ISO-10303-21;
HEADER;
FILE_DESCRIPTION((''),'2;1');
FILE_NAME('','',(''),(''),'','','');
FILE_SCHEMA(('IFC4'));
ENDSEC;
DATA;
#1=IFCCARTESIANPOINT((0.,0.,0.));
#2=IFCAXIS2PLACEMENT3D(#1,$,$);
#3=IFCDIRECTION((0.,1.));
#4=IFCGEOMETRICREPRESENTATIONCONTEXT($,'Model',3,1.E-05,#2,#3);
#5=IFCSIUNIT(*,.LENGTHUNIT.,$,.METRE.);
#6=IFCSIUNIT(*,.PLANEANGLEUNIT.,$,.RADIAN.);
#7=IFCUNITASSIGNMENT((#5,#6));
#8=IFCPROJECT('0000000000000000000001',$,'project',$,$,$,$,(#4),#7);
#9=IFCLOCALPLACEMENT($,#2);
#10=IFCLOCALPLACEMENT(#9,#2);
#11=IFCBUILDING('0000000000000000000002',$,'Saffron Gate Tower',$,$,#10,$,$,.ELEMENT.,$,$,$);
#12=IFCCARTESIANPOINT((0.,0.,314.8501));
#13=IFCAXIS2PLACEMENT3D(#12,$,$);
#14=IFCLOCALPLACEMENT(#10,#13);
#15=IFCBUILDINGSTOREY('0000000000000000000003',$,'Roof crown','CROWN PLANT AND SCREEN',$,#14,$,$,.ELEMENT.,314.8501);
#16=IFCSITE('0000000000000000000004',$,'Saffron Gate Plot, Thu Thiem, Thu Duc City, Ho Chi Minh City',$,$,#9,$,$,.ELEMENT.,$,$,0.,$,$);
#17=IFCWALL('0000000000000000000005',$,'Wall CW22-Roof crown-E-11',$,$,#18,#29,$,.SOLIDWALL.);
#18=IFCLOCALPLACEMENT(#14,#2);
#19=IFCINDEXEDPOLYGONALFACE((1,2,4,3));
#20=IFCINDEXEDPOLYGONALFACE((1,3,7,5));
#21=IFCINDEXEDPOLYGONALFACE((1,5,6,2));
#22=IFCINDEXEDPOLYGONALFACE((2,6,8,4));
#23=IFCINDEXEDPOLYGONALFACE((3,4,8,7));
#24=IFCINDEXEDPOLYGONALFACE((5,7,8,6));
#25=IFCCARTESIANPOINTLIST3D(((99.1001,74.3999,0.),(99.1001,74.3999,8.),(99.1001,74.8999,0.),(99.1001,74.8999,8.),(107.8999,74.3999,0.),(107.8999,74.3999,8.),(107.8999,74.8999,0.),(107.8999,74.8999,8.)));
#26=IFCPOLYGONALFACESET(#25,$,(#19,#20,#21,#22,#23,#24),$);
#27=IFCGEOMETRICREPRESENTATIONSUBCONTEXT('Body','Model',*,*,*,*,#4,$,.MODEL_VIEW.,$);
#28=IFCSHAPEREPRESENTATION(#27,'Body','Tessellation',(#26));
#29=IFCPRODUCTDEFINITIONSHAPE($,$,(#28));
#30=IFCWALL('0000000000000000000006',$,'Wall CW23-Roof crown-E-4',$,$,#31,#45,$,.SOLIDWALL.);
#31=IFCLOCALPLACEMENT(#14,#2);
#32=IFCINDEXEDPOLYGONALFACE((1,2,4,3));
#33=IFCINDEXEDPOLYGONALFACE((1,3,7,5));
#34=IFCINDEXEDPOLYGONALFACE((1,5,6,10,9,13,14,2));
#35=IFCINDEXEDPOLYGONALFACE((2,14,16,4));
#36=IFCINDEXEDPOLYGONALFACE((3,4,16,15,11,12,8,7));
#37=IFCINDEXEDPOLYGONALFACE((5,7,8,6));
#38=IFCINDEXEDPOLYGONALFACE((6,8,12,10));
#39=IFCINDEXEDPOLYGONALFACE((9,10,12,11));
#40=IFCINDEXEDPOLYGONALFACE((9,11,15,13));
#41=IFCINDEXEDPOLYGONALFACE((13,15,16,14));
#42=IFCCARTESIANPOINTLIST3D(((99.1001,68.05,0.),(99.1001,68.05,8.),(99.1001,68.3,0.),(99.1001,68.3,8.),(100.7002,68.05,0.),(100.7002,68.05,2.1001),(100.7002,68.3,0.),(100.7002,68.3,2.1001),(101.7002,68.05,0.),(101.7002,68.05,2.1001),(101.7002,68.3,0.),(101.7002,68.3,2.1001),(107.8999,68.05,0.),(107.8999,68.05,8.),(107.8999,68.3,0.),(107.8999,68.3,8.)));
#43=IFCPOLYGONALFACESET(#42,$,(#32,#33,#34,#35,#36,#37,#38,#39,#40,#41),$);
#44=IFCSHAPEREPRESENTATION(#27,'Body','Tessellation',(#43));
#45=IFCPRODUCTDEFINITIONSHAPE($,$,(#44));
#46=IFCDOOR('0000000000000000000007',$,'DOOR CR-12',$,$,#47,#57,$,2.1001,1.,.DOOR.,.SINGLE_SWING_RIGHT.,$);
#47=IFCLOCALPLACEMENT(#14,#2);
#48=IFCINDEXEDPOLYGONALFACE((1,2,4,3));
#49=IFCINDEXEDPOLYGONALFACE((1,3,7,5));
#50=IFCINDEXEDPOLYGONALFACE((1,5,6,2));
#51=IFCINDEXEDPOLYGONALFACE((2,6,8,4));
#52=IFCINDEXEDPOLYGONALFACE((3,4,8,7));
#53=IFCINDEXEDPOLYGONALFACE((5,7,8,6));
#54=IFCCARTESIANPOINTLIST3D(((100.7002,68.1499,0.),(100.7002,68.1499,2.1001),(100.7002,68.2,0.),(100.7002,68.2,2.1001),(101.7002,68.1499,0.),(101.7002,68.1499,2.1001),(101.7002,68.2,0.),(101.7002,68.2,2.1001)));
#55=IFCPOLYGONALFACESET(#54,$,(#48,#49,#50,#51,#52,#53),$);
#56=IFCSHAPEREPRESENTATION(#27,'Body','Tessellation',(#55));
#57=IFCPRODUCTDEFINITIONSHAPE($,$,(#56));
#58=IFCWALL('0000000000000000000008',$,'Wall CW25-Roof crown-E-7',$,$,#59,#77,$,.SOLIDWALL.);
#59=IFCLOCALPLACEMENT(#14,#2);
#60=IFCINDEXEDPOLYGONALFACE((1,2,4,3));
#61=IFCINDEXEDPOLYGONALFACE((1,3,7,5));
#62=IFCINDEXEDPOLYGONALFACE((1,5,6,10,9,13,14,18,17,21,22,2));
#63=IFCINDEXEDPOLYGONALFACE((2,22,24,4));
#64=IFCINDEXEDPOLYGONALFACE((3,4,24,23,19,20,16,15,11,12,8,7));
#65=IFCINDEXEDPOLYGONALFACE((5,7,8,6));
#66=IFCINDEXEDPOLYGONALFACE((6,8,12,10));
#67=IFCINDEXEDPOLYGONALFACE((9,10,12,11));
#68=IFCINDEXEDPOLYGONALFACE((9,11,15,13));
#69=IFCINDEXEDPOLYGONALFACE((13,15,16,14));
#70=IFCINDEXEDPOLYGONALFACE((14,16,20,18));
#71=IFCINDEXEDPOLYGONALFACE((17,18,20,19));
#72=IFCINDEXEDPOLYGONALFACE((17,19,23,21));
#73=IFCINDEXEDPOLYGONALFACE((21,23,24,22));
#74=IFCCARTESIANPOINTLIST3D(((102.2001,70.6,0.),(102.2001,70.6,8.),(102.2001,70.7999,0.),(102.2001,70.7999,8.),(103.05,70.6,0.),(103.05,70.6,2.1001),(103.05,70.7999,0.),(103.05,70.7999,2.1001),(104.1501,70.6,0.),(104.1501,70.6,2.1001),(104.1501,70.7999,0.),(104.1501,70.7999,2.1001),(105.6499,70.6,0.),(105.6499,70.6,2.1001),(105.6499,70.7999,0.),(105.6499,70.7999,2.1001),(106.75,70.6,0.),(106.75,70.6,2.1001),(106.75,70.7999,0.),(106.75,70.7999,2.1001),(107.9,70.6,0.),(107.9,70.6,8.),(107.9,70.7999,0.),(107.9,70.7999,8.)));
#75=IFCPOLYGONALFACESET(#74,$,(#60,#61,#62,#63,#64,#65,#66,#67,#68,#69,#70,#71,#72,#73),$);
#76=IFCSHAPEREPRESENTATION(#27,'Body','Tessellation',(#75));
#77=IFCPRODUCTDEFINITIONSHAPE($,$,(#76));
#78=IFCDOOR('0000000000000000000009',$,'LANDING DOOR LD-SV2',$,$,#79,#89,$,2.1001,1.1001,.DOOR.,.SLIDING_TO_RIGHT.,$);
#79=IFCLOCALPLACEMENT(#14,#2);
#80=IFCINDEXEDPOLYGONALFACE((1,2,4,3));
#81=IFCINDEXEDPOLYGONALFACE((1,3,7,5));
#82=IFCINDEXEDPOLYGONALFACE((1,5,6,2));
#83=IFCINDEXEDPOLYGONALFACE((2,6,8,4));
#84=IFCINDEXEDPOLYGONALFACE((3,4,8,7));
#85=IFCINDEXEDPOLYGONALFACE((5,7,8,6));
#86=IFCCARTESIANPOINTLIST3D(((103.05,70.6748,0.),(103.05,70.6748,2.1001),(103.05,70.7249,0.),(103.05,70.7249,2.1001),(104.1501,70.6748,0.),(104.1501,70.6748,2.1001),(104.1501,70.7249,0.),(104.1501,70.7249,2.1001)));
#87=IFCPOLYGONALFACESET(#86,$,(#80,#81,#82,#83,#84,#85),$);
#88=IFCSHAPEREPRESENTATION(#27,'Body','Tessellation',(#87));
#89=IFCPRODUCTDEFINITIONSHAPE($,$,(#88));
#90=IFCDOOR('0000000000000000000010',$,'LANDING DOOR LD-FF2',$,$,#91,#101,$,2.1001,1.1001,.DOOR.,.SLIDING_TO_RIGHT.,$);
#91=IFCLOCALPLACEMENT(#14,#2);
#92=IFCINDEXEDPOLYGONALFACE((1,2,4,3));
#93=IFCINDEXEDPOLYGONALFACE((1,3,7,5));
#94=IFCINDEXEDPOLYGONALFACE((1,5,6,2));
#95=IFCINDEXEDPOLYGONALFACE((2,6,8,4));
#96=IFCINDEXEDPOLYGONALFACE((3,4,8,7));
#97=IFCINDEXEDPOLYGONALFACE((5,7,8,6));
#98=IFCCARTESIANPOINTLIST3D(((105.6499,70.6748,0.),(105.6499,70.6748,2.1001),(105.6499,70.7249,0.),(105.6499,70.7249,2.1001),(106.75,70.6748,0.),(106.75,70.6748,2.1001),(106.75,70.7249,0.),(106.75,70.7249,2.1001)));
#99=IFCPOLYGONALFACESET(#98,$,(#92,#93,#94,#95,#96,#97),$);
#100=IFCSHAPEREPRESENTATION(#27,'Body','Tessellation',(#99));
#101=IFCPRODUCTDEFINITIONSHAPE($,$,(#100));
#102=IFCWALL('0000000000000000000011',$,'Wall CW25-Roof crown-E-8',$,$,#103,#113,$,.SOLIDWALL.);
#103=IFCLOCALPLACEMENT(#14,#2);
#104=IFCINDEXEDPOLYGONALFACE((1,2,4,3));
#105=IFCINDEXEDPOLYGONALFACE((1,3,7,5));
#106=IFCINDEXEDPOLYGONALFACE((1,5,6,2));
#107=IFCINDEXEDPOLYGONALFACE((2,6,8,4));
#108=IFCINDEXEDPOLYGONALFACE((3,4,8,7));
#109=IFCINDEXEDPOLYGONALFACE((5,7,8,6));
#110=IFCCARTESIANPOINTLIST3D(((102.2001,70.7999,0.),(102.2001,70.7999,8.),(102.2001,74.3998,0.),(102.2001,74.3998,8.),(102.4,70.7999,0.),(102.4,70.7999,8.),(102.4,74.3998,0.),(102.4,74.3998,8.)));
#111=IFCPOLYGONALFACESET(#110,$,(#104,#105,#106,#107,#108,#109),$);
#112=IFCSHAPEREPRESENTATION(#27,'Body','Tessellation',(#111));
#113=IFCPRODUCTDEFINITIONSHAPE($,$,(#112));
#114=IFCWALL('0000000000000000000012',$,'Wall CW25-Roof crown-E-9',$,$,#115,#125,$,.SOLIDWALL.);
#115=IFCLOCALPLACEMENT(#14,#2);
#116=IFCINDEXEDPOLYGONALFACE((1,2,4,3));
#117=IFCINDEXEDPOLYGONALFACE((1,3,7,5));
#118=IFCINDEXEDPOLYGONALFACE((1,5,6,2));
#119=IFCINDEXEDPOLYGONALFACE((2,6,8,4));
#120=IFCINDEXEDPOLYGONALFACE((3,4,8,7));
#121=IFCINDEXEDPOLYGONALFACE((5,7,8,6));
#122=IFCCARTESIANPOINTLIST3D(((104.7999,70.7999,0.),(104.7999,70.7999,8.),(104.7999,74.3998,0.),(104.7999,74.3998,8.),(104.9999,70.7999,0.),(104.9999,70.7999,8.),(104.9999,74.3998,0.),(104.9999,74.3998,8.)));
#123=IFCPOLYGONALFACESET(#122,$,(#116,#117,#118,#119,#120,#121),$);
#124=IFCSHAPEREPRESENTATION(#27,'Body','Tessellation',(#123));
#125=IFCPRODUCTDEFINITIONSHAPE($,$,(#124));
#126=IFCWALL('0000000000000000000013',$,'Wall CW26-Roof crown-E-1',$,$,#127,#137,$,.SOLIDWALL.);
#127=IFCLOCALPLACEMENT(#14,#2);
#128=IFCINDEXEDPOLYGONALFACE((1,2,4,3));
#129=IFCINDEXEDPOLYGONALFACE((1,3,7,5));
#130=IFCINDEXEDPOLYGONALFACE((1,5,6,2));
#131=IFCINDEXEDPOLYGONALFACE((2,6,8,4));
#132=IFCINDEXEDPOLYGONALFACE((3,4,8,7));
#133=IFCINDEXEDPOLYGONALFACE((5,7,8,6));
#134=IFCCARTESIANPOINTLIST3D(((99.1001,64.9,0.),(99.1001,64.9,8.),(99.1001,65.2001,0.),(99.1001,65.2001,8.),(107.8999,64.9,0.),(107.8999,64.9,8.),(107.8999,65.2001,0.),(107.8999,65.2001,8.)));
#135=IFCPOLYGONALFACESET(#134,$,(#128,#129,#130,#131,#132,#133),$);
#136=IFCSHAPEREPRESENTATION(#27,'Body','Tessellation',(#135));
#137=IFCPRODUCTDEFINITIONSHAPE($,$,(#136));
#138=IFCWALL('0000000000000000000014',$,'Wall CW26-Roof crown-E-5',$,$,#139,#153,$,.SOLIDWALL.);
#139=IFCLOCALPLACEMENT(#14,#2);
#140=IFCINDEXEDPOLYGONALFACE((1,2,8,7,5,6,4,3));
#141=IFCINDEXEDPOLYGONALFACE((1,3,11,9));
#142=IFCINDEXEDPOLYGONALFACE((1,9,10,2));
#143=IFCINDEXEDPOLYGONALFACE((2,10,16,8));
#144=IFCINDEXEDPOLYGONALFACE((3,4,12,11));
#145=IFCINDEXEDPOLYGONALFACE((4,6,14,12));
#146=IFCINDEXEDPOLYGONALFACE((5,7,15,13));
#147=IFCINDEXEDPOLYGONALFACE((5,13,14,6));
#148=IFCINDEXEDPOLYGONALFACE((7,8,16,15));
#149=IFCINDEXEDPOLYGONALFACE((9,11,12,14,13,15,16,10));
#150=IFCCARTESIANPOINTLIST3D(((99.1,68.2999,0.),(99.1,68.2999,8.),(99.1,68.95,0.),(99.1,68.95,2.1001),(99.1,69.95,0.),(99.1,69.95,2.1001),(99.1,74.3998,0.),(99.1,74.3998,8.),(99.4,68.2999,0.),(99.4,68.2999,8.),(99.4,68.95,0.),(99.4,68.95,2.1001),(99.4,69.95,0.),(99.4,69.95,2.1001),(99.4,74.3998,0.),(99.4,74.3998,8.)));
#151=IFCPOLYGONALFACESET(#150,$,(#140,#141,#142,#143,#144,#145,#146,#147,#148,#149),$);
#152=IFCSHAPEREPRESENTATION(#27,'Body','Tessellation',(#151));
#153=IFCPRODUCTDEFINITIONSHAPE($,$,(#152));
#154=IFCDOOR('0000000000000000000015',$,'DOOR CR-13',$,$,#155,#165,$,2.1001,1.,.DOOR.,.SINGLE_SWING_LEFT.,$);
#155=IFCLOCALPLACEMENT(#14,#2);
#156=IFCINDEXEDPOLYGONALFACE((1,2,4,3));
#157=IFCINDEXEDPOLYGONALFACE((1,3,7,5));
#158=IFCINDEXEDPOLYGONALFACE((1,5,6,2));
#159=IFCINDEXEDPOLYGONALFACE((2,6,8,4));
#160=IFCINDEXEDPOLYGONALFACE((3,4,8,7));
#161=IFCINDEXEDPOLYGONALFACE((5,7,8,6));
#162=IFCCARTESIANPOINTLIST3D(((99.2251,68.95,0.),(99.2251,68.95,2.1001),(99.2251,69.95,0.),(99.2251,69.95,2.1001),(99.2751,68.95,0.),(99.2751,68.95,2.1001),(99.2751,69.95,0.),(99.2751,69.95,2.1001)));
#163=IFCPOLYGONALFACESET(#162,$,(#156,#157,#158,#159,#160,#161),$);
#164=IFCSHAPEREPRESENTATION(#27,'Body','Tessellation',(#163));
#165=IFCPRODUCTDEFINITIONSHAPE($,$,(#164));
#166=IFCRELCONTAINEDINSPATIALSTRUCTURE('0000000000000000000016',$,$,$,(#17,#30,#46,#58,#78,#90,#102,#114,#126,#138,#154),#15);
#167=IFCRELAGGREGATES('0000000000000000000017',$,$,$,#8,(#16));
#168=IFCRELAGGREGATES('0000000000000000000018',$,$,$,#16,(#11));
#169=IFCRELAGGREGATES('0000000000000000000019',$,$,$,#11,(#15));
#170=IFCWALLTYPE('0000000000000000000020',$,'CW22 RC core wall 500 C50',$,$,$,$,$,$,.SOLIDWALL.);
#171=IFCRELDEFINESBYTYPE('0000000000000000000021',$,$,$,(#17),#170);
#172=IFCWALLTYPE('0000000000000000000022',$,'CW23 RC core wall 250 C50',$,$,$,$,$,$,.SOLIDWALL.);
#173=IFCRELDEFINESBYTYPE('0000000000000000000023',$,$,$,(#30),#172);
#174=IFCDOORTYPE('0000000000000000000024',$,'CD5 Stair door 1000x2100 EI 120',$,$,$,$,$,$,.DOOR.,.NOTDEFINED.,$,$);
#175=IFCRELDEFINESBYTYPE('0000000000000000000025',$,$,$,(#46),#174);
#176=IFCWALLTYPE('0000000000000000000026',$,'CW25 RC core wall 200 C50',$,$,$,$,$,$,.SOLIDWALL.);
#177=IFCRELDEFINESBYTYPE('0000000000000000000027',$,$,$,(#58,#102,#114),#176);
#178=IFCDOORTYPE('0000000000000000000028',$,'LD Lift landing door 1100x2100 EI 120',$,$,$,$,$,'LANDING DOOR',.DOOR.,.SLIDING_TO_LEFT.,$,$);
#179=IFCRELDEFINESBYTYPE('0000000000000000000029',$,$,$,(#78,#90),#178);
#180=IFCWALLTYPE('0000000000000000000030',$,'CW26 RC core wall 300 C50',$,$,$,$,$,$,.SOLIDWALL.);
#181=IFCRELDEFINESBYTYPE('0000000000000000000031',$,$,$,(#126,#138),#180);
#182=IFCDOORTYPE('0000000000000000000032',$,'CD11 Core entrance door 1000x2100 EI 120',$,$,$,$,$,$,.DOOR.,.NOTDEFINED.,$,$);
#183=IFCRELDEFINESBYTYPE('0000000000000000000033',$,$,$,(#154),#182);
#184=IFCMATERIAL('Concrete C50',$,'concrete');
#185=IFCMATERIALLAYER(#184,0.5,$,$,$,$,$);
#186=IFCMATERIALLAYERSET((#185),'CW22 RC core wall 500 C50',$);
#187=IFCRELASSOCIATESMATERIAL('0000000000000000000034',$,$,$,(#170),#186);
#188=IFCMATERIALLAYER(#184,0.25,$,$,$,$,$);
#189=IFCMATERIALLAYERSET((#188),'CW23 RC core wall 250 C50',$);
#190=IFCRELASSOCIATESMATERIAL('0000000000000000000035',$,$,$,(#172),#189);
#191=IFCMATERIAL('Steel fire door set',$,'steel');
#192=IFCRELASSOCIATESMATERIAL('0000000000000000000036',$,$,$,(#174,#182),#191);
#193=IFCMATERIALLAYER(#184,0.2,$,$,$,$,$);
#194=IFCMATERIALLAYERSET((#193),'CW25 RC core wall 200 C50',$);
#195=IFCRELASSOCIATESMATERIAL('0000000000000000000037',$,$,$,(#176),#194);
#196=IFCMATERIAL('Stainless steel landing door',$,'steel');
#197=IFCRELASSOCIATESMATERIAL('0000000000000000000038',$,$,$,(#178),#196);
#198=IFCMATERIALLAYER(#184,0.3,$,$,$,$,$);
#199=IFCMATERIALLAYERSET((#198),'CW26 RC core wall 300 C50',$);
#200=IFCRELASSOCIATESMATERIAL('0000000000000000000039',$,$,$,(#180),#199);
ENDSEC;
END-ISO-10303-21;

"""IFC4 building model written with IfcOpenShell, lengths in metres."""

from ifc_helpers import new_model, si_unit, direction, frame, frame_2d, origin, place, context, subcontext, project, spatial, rectangle, extrude, material, layer, layer_set, type_object, element, fill, save


model = new_model("IFC4")

# Units and contexts
model_context = context("Model", 3, precision=1e-05, world=origin(), true_north=direction((0.0, 1.0)))
body_context = subcontext(model_context, "Body", "Model", "MODEL_VIEW")
ifc_project = project(units=[si_unit("LENGTHUNIT", "METRE"), si_unit("PLANEANGLEUNIT", "RADIAN")], contexts=[model_context])

# Site, building, storey
site_placement = place(None, origin())
site = spatial("IfcSite", under=ifc_project, at=site_placement, Name="Saffron Gate Plot, Thu Thiem, Thu Duc City, Ho Chi Minh City", CompositionType="ELEMENT", RefElevation=0.0)
building_placement = place(site_placement, origin())
building = spatial("IfcBuilding", under=site, at=building_placement, Name="Saffron Gate Tower", CompositionType="ELEMENT")
storey_placement = place(building_placement, frame((0.0, 0.0, 314.8501)))
storey = spatial("IfcBuildingStorey", under=building, at=storey_placement, Name="Roof crown", Description="CROWN PLANT AND SCREEN", CompositionType="ELEMENT", Elevation=314.8501)

# Wall
ifc_material_1 = material(Name="Concrete C50", Category="concrete")
ifc_layer_1 = layer(ifc_material_1, 0.5)
ifc_layer_set_1 = layer_set([ifc_layer_1], Name="CW22 RC core wall 500 C50")
wall_type_1 = type_object("IfcWallType", Name="CW22 RC core wall 500 C50", PredefinedType="SOLIDWALL", material=ifc_layer_set_1)
wall_1_placement = place(storey_placement, frame((99.1001, 74.6499, 0.0), z_axis=(0.0, 0.0, 1.0), x_axis=(1.0, 0.0, 0.0)))
element("IfcWall", 1, at=wall_1_placement, inside=storey, type_object=wall_type_1, Name="Wall CW22-Roof crown-E-11", PredefinedType="SOLIDWALL", context=body_context, shape_type="SweptSolid", body=[
    extrude(rectangle(XDim=8.7998, YDim=0.5, at=frame_2d((4.3999, 0.0))), origin(), (0.0, 0.0, 1.0), 8.0),
])

# Wall, opening, door
ifc_layer_2 = layer(ifc_material_1, 0.25)
ifc_layer_set_2 = layer_set([ifc_layer_2], Name="CW23 RC core wall 250 C50")
wall_type_2 = type_object("IfcWallType", Name="CW23 RC core wall 250 C50", PredefinedType="SOLIDWALL", material=ifc_layer_set_2)
wall_2_placement = place(storey_placement, frame((99.1001, 68.175, 0.0), z_axis=(0.0, 0.0, 1.0), x_axis=(1.0, 0.0, 0.0)))
wall_2 = element("IfcWall", 2, at=wall_2_placement, inside=storey, type_object=wall_type_2, Name="Wall CW23-Roof crown-E-4", PredefinedType="SOLIDWALL", context=body_context, shape_type="SweptSolid", body=[
    extrude(rectangle(XDim=8.7998, YDim=0.25, at=frame_2d((4.3999, 0.0))), origin(), (0.0, 0.0, 1.0), 8.0),
])
opening_1_placement = place(wall_2_placement, frame((1.6001, 0.0, 0.0)))
opening_1 = element("IfcOpeningElement", 3, at=opening_1_placement, cuts=wall_2, PredefinedType="OPENING", context=body_context, shape_type="SweptSolid", body=[
    extrude(rectangle(XDim=1.0, YDim=2.1001, at=frame_2d((0.5, 1.05))), frame((0.0, 0.135, 0.0), z_axis=(0.0, -1.0, 0.0), x_axis=(1.0, 0.0, 0.0)), (0.0, 0.0, 1.0), 0.27),
])
ifc_material_2 = material(Name="Steel fire door set", Category="steel")
door_type_1 = type_object("IfcDoorType", Name="CD5 Stair door 1000x2100 EI 120", OperationType="NOTDEFINED", PredefinedType="DOOR", material=ifc_material_2)
door_1_placement = place(opening_1_placement, origin())
door_1 = element("IfcDoor", 4, at=door_1_placement, inside=storey, type_object=door_type_1, Name="DOOR CR-12", OperationType="SINGLE_SWING_RIGHT", OverallHeight=2.1001, OverallWidth=1.0, PredefinedType="DOOR", context=body_context, shape_type="SweptSolid", body=[
    extrude(rectangle(XDim=1.0, YDim=2.1001, at=frame_2d((0.5, 1.05))), frame((0.0, 0.0249, 0.0), z_axis=(0.0, -1.0, 0.0), x_axis=(1.0, 0.0, 0.0)), (0.0, 0.0, 1.0), 0.05),
])
fill(opening_1, door_1)

# Wall, openings, doors
ifc_layer_3 = layer(ifc_material_1, 0.2)
ifc_layer_set_3 = layer_set([ifc_layer_3], Name="CW25 RC core wall 200 C50")
wall_type_3 = type_object("IfcWallType", Name="CW25 RC core wall 200 C50", PredefinedType="SOLIDWALL", material=ifc_layer_set_3)
wall_3_placement = place(storey_placement, frame((102.2, 70.7, 0.0), z_axis=(0.0, 0.0, 1.0), x_axis=(1.0, 0.0, 0.0)))
wall_3 = element("IfcWall", 5, at=wall_3_placement, inside=storey, type_object=wall_type_3, Name="Wall CW25-Roof crown-E-7", PredefinedType="SOLIDWALL", context=body_context, shape_type="SweptSolid", body=[
    extrude(rectangle(XDim=5.7, YDim=0.2, at=frame_2d((2.8501, 0.0))), origin(), (0.0, 0.0, 1.0), 8.0),
])
opening_2_placement = place(wall_3_placement, frame((0.8501, 0.0, 0.0)))
opening_2 = element("IfcOpeningElement", 6, at=opening_2_placement, cuts=wall_3, PredefinedType="OPENING", context=body_context, shape_type="SweptSolid", body=[
    extrude(rectangle(XDim=1.1001, YDim=2.1001, at=frame_2d((0.55, 1.05))), frame((0.0, 0.1099, 0.0), z_axis=(0.0, -1.0, 0.0), x_axis=(1.0, 0.0, 0.0)), (0.0, 0.0, 1.0), 0.22),
])
opening_3_placement = place(wall_3_placement, frame((3.45, 0.0, 0.0)))
opening_3 = element("IfcOpeningElement", 7, at=opening_3_placement, cuts=wall_3, PredefinedType="OPENING", context=body_context, shape_type="SweptSolid", body=[
    extrude(rectangle(XDim=1.1001, YDim=2.1001, at=frame_2d((0.55, 1.05))), frame((0.0, 0.1099, 0.0), z_axis=(0.0, -1.0, 0.0), x_axis=(1.0, 0.0, 0.0)), (0.0, 0.0, 1.0), 0.22),
])
ifc_material_3 = material(Name="Stainless steel landing door", Category="steel")
door_type_2 = type_object("IfcDoorType", Name="LD Lift landing door 1100x2100 EI 120", ElementType="LANDING DOOR", OperationType="SLIDING_TO_LEFT", PredefinedType="DOOR", material=ifc_material_3)
door_2_placement = place(opening_2_placement, origin())
door_2 = element("IfcDoor", 8, at=door_2_placement, inside=storey, type_object=door_type_2, Name="LANDING DOOR LD-SV2", OperationType="SLIDING_TO_RIGHT", OverallHeight=2.1001, OverallWidth=1.1001, PredefinedType="DOOR", context=body_context, shape_type="SweptSolid", body=[
    extrude(rectangle(XDim=1.1001, YDim=2.1001, at=frame_2d((0.55, 1.05))), frame((0.0, 0.0249, 0.0), z_axis=(0.0, -1.0, 0.0), x_axis=(1.0, 0.0, 0.0)), (0.0, 0.0, 1.0), 0.05),
])
fill(opening_2, door_2)
door_3_placement = place(opening_3_placement, origin())
door_3 = element("IfcDoor", 9, at=door_3_placement, inside=storey, type_object=door_type_2, Name="LANDING DOOR LD-FF2", OperationType="SLIDING_TO_RIGHT", OverallHeight=2.1001, OverallWidth=1.1001, PredefinedType="DOOR", context=body_context, shape_type="SweptSolid", body=[
    extrude(rectangle(XDim=1.1001, YDim=2.1001, at=frame_2d((0.55, 1.05))), frame((0.0, 0.0249, 0.0), z_axis=(0.0, -1.0, 0.0), x_axis=(1.0, 0.0, 0.0)), (0.0, 0.0, 1.0), 0.05),
])
fill(opening_3, door_3)

# Walls
for number, where, z_axis, x_axis, name in (
    (10, (102.3, 70.8, 0.0), (0.0, 0.0, 1.0), (0.0, 1.0, 0.0), "Wall CW25-Roof crown-E-8"),
    (11, (104.8999, 70.8, 0.0), (0.0, 0.0, 1.0), (0.0, 1.0, 0.0), "Wall CW25-Roof crown-E-9"),
):
    element("IfcWall", number, at=place(storey_placement, frame(where, z_axis=z_axis, x_axis=x_axis)), inside=storey, type_object=wall_type_3, Name=name, PredefinedType="SOLIDWALL", context=body_context, shape_type="SweptSolid", body=[
        extrude(rectangle(XDim=3.5999, YDim=0.2, at=frame_2d((1.7998, 0.0))), origin(), (0.0, 0.0, 1.0), 8.0),
    ])
ifc_layer_4 = layer(ifc_material_1, 0.3)
ifc_layer_set_4 = layer_set([ifc_layer_4], Name="CW26 RC core wall 300 C50")
wall_type_4 = type_object("IfcWallType", Name="CW26 RC core wall 300 C50", PredefinedType="SOLIDWALL", material=ifc_layer_set_4)
wall_4_placement = place(storey_placement, frame((99.1001, 65.05, 0.0), z_axis=(0.0, 0.0, 1.0), x_axis=(1.0, 0.0, 0.0)))
element("IfcWall", 12, at=wall_4_placement, inside=storey, type_object=wall_type_4, Name="Wall CW26-Roof crown-E-1", PredefinedType="SOLIDWALL", context=body_context, shape_type="SweptSolid", body=[
    extrude(rectangle(XDim=8.7998, YDim=0.3, at=frame_2d((4.3999, 0.0))), origin(), (0.0, 0.0, 1.0), 8.0),
])

# Wall, opening, door
wall_5_placement = place(storey_placement, frame((99.25, 68.3, 0.0), z_axis=(0.0, 0.0, 1.0), x_axis=(0.0, 1.0, 0.0)))
wall_5 = element("IfcWall", 13, at=wall_5_placement, inside=storey, type_object=wall_type_4, Name="Wall CW26-Roof crown-E-5", PredefinedType="SOLIDWALL", context=body_context, shape_type="SweptSolid", body=[
    extrude(rectangle(XDim=6.0999, YDim=0.3, at=frame_2d((3.0498, 0.0))), origin(), (0.0, 0.0, 1.0), 8.0),
])
opening_4_placement = place(wall_5_placement, frame((0.6499, 0.0, 0.0)))
opening_4 = element("IfcOpeningElement", 14, at=opening_4_placement, cuts=wall_5, PredefinedType="OPENING", context=body_context, shape_type="SweptSolid", body=[
    extrude(rectangle(XDim=1.0, YDim=2.1001, at=frame_2d((0.5, 1.05))), frame((0.0, 0.1602, 0.0), z_axis=(0.0, -1.0, 0.0), x_axis=(1.0, 0.0, 0.0)), (0.0, 0.0, 1.0), 0.3201),
])
door_type_3 = type_object("IfcDoorType", Name="CD11 Core entrance door 1000x2100 EI 120", OperationType="NOTDEFINED", PredefinedType="DOOR", material=ifc_material_2)
door_4_placement = place(opening_4_placement, origin())
door_4 = element("IfcDoor", 15, at=door_4_placement, inside=storey, type_object=door_type_3, Name="DOOR CR-13", OperationType="SINGLE_SWING_LEFT", OverallHeight=2.1001, OverallWidth=1.0, PredefinedType="DOOR", context=body_context, shape_type="SweptSolid", body=[
    extrude(rectangle(XDim=1.0, YDim=2.1001, at=frame_2d((0.5, 1.05))), frame((0.0, 0.0249, 0.0), z_axis=(0.0, -1.0, 0.0), x_axis=(1.0, 0.0, 0.0)), (0.0, 0.0, 1.0), 0.05),
])
fill(opening_4, door_4)

save(model, "model.ifc")
